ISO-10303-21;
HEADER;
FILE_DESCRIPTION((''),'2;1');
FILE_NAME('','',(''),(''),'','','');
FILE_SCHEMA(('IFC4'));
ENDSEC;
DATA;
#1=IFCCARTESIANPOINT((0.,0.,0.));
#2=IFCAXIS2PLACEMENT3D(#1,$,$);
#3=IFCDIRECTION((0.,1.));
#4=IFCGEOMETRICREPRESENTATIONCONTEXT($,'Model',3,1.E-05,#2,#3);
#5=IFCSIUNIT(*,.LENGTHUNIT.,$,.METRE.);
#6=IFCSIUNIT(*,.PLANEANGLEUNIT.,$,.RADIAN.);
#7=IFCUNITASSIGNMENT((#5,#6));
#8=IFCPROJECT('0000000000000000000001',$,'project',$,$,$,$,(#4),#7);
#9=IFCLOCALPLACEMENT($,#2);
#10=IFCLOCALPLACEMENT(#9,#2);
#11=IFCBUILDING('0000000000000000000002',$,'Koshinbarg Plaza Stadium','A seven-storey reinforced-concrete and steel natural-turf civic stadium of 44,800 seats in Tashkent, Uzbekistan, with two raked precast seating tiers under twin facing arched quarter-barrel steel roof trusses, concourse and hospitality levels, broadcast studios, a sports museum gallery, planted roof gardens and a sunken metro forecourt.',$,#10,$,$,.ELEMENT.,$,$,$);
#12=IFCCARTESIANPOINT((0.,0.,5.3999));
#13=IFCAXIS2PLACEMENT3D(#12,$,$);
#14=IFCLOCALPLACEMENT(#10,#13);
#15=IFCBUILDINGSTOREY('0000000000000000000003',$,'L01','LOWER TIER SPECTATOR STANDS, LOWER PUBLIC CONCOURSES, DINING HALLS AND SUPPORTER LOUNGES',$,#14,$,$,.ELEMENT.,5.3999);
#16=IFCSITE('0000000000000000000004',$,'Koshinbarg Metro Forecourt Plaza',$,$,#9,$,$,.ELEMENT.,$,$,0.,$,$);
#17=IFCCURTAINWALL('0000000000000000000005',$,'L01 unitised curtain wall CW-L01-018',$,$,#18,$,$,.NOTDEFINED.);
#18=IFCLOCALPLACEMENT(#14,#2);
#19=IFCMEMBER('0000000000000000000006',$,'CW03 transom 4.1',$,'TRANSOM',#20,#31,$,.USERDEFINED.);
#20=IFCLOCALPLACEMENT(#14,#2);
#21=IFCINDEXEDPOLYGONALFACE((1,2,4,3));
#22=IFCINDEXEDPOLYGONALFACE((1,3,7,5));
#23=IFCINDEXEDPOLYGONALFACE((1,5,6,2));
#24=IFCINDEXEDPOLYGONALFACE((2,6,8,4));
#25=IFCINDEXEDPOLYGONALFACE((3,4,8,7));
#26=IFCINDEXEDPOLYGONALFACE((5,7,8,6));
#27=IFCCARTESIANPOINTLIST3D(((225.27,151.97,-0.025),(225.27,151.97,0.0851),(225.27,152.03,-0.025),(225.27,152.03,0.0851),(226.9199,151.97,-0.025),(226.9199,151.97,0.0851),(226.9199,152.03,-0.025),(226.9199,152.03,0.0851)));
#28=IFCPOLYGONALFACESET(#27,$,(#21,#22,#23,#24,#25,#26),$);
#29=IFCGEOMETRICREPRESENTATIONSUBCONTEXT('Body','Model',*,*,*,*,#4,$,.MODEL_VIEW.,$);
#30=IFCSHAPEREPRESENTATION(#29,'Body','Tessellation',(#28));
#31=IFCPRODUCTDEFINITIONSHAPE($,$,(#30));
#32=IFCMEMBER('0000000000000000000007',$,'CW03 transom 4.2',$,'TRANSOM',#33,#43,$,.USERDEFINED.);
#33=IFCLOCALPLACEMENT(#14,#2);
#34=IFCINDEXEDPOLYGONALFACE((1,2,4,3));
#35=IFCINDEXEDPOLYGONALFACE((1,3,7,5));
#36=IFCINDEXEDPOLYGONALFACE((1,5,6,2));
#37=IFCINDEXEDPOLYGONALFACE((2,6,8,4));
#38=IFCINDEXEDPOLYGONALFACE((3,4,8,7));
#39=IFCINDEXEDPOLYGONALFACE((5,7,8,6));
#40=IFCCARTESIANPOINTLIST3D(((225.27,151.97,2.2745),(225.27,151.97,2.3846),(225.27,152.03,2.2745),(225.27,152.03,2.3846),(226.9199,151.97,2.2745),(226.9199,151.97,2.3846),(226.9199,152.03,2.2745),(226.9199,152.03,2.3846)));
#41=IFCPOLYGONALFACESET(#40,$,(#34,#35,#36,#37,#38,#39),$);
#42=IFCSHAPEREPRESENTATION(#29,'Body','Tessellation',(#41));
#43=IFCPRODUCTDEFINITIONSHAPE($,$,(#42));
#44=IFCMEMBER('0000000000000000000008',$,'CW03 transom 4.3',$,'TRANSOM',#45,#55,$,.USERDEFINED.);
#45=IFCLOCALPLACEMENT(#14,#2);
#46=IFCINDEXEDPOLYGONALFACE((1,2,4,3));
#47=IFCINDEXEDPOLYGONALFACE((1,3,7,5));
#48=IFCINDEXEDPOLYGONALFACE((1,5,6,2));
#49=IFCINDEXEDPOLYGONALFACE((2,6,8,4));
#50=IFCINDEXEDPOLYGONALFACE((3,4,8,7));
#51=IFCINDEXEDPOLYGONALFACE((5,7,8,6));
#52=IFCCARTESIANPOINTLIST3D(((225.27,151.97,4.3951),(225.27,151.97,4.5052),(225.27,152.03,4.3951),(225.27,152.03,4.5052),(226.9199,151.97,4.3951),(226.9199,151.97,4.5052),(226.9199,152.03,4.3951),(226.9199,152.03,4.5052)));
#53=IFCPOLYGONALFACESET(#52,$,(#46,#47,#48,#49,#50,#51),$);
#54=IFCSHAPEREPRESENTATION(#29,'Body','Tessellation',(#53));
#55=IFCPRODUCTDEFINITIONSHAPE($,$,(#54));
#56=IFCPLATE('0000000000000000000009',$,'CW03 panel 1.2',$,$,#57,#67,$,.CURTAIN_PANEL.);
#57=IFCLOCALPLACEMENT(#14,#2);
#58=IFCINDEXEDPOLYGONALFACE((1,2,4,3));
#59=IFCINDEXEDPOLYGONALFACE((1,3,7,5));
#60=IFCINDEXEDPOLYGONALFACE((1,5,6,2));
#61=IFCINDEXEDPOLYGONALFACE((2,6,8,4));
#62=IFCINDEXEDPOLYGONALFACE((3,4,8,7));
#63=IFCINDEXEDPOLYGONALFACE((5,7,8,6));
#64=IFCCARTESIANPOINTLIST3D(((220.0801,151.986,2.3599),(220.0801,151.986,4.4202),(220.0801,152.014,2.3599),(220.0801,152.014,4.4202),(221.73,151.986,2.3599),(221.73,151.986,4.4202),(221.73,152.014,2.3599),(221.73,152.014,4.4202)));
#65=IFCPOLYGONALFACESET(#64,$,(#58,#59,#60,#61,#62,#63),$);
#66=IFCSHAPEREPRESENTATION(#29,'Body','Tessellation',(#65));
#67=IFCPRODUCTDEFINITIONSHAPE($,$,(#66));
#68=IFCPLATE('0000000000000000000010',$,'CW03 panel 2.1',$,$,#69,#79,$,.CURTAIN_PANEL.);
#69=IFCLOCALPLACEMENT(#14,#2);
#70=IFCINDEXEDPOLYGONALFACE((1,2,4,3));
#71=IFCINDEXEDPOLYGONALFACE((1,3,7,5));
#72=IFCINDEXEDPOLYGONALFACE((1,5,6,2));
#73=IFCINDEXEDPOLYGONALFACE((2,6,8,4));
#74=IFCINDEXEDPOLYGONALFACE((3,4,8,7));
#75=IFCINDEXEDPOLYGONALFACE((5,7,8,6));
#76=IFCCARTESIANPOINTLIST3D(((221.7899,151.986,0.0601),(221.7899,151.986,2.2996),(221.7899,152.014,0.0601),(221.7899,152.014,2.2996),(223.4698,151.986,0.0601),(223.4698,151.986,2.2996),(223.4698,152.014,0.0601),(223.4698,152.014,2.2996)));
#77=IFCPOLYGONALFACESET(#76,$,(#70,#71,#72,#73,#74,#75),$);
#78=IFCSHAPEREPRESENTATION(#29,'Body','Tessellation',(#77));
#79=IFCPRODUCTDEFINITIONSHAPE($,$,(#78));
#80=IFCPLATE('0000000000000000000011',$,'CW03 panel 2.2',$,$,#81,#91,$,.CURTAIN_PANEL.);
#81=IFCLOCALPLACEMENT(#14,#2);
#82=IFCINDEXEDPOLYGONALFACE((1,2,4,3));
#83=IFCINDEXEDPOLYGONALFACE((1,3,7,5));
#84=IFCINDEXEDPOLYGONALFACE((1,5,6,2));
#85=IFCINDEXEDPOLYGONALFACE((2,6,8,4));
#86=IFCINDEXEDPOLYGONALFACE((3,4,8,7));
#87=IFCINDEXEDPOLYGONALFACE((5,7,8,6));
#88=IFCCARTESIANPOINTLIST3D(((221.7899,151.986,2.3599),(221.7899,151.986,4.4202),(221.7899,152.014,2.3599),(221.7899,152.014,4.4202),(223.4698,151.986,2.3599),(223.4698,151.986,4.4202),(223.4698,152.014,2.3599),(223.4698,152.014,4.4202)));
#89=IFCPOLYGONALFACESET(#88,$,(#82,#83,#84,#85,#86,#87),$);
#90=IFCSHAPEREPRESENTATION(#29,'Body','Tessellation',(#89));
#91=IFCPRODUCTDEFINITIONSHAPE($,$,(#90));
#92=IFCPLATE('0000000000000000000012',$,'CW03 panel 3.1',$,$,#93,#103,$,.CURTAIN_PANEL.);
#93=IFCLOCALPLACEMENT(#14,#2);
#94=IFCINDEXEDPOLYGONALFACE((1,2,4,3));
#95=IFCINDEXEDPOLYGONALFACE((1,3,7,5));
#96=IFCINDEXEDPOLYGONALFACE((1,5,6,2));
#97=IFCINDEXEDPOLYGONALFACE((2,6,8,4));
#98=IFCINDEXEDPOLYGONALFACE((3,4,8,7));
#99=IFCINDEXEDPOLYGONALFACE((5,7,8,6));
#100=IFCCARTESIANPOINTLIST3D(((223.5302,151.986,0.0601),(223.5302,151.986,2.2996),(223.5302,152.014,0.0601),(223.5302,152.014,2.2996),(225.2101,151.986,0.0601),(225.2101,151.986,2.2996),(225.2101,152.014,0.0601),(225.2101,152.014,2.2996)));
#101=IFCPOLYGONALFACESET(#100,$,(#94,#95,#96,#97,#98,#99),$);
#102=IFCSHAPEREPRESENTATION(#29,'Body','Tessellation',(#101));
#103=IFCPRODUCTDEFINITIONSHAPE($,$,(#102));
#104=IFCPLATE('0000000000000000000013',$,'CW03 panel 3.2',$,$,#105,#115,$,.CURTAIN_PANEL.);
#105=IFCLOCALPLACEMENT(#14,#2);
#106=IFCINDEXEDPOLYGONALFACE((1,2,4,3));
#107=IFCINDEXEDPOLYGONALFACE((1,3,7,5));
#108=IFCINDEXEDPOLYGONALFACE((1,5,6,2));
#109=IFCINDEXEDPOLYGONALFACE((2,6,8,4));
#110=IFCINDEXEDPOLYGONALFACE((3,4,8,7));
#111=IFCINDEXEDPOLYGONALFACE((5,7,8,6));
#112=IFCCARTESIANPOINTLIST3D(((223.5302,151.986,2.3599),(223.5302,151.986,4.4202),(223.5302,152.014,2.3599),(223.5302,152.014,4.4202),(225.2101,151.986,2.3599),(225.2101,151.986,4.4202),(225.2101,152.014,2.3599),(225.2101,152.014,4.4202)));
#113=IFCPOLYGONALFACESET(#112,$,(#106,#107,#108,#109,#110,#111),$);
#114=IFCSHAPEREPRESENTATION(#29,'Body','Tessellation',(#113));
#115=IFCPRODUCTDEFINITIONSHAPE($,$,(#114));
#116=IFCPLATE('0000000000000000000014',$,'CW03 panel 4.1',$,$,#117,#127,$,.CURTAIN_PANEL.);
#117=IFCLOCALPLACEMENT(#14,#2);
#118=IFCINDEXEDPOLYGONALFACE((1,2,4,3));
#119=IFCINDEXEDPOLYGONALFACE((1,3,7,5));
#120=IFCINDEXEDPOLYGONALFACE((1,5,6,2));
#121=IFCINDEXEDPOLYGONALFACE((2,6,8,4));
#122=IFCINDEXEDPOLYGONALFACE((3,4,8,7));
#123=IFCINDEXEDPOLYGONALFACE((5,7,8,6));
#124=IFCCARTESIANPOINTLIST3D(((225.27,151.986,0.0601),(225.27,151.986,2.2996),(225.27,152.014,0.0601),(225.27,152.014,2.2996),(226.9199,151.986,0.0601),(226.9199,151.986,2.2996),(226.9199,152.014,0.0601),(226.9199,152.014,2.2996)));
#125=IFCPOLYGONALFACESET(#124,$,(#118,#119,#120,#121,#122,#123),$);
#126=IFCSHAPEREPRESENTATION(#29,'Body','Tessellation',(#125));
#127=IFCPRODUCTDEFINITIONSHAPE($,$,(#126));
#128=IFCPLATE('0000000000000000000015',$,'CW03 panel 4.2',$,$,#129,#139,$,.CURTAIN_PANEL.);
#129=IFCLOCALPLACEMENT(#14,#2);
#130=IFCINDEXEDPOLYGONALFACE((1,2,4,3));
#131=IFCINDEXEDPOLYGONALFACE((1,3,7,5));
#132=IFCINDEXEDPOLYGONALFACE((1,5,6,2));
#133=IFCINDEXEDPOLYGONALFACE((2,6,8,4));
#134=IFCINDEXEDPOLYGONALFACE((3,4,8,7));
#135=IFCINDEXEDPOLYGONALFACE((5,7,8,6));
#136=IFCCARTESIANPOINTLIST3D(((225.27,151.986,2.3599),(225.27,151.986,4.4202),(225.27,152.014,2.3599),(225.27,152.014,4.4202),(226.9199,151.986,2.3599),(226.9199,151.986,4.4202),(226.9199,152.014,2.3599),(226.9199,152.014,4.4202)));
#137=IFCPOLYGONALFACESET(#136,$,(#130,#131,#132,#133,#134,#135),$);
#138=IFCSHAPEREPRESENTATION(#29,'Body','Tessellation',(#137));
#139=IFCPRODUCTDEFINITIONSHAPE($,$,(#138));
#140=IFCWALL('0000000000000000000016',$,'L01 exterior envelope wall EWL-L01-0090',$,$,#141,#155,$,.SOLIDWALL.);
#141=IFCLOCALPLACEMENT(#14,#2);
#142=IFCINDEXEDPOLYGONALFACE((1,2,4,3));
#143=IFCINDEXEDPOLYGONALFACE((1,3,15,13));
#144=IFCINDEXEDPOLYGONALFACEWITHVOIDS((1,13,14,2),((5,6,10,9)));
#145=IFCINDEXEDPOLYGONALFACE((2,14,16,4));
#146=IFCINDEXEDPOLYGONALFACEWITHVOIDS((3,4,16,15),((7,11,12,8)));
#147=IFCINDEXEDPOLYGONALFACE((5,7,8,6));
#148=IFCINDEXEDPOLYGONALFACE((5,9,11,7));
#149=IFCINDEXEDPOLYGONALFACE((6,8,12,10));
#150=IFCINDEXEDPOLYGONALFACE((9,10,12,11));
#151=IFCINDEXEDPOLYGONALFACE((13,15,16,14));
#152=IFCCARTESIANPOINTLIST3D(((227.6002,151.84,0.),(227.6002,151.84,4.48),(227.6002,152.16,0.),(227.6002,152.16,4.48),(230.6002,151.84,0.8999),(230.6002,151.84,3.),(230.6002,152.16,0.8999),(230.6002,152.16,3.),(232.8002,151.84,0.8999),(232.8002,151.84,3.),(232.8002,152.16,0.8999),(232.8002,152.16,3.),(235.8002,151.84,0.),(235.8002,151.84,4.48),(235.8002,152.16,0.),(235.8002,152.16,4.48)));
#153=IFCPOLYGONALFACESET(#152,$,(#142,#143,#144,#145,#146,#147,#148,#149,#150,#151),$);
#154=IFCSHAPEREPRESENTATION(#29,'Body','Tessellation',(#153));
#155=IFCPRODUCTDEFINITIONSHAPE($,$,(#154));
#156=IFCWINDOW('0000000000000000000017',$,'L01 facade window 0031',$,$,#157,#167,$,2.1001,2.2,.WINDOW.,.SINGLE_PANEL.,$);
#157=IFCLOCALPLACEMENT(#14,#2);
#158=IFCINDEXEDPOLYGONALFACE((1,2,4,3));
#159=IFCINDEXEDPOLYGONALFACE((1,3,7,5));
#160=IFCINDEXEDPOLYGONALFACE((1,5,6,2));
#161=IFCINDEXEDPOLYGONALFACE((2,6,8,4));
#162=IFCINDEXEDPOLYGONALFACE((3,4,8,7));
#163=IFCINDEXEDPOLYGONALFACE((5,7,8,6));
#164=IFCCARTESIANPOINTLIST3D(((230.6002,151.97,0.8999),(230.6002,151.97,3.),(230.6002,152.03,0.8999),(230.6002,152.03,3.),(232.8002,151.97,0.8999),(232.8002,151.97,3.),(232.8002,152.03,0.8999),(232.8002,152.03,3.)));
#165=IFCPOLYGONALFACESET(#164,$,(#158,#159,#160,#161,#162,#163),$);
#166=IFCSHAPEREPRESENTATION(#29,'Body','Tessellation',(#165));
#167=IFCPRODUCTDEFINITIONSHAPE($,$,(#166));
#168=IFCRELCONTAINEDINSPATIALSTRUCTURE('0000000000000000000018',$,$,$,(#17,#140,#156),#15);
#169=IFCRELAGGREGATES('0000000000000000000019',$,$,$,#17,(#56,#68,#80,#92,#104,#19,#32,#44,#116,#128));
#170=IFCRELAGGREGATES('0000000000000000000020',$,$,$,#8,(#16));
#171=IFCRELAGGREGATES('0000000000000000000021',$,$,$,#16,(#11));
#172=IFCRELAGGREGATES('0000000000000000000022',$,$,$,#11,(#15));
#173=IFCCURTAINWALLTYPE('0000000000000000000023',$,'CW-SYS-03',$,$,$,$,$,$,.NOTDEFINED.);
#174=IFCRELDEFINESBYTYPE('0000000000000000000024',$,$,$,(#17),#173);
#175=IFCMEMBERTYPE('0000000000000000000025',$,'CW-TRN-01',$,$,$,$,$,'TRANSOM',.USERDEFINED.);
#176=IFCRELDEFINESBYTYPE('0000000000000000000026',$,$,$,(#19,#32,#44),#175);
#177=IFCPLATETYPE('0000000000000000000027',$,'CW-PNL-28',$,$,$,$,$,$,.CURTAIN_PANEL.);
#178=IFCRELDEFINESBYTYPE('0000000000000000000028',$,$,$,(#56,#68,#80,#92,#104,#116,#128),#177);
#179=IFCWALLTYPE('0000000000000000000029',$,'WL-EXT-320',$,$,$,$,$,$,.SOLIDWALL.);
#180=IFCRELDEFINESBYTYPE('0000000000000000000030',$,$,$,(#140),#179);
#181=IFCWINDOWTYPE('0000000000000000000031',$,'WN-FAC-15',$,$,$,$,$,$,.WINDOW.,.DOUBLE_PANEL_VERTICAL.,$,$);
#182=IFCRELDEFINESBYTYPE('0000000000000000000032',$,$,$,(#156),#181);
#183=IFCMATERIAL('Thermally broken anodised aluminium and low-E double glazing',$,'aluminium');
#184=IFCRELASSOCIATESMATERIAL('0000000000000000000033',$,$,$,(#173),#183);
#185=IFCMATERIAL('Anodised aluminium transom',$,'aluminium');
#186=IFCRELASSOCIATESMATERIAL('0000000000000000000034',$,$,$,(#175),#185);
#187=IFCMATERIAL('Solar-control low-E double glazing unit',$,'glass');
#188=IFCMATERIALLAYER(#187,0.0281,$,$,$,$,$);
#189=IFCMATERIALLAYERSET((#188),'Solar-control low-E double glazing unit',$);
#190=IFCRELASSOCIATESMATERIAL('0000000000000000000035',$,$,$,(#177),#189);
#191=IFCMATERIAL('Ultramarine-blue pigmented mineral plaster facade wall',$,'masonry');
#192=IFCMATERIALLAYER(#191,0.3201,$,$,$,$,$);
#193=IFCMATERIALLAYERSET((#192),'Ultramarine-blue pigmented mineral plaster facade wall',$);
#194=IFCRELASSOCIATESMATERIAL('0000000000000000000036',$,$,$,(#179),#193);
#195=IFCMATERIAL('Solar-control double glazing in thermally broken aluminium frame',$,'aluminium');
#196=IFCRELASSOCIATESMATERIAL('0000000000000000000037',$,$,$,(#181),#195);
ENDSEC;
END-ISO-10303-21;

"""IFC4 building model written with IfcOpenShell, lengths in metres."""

from ifc_helpers import new_model, si_unit, direction, frame, frame_2d, origin, origin_2d, place, context, subcontext, project, spatial, rectangle, extrude, material, layer, layer_set, material_profile, profile_set, type_object, element, fill, aggregate, save


model = new_model("IFC4")

# Units and contexts
model_context = context("Model", 3, precision=1e-05, world=origin(), true_north=direction((0.0, 1.0)))
body_context = subcontext(model_context, "Body", "Model", "MODEL_VIEW")
ifc_project = project(units=[si_unit("LENGTHUNIT", "METRE"), si_unit("PLANEANGLEUNIT", "RADIAN")], contexts=[model_context])

# Site, building, storey
site_placement = place(None, origin())
site = spatial("IfcSite", under=ifc_project, at=site_placement, Name="Koshinbarg Metro Forecourt Plaza", CompositionType="ELEMENT", RefElevation=0.0)
building_placement = place(site_placement, origin())
building = spatial("IfcBuilding", under=site, at=building_placement, Name="Koshinbarg Plaza Stadium", Description="A seven-storey reinforced-concrete and steel natural-turf civic stadium of 44,800 seats in Tashkent, Uzbekistan, with two raked precast seating tiers under twin facing arched quarter-barrel steel roof trusses, concourse and hospitality levels, broadcast studios, a sports museum gallery, planted roof gardens and a sunken metro forecourt.", CompositionType="ELEMENT")
storey_placement = place(building_placement, frame((0.0, 0.0, 5.3999)))
storey = spatial("IfcBuildingStorey", under=building, at=storey_placement, Name="L01", Description="LOWER TIER SPECTATOR STANDS, LOWER PUBLIC CONCOURSES, DINING HALLS AND SUPPORTER LOUNGES", CompositionType="ELEMENT", Elevation=5.3999)

# Curtain wall, members, plates
ifc_material_1 = material(Name="Thermally broken anodised aluminium and low-E double glazing", Category="aluminium")
curtain_wall_type = type_object("IfcCurtainWallType", Name="CW-SYS-03", PredefinedType="NOTDEFINED", material=ifc_material_1)
curtain_wall_placement = place(storey_placement, origin())
curtain_wall = element("IfcCurtainWall", 1, at=curtain_wall_placement, inside=storey, type_object=curtain_wall_type, Name="L01 unitised curtain wall CW-L01-018", PredefinedType="NOTDEFINED")
ifc_material_2 = material(Name="Anodised aluminium transom", Category="aluminium")
ifc_material_profile_1 = material_profile(ifc_material_2, rectangle(XDim=0.0601, YDim=0.1101, at=origin_2d()), Name="ALU 60x110")
ifc_profile_set_1 = profile_set([ifc_material_profile_1], Name="Anodised aluminium transom")
member_type_1 = type_object("IfcMemberType", Name="CW-TRN-01", ElementType="TRANSOM", PredefinedType="USERDEFINED", material=ifc_profile_set_1)
member_1_placement = place(storey_placement, frame((225.27, 152.0, 0.03), z_axis=(1.0, 0.0, 0.0), x_axis=(0.0, 1.0, 0.0)))
member_1 = element("IfcMember", 2, at=member_1_placement, type_object=member_type_1, Name="CW03 transom 4.1", ObjectType="TRANSOM", PredefinedType="USERDEFINED", context=body_context, shape_type="SweptSolid", body=[
    extrude(rectangle(XDim=0.0601, YDim=0.1101, at=origin_2d()), origin(), (0.0, 0.0, 1.0), 1.6499),
])
member_2_placement = place(storey_placement, frame((225.27, 152.0, 2.3296), z_axis=(1.0, 0.0, 0.0), x_axis=(0.0, 1.0, 0.0)))
member_2 = element("IfcMember", 3, at=member_2_placement, type_object=member_type_1, Name="CW03 transom 4.2", ObjectType="TRANSOM", PredefinedType="USERDEFINED", context=body_context, shape_type="SweptSolid", body=[
    extrude(rectangle(XDim=0.0601, YDim=0.1101, at=origin_2d()), origin(), (0.0, 0.0, 1.0), 1.6499),
])
member_3_placement = place(storey_placement, frame((225.27, 152.0, 4.4502), z_axis=(1.0, 0.0, 0.0), x_axis=(0.0, 1.0, 0.0)))
member_3 = element("IfcMember", 4, at=member_3_placement, type_object=member_type_1, Name="CW03 transom 4.3", ObjectType="TRANSOM", PredefinedType="USERDEFINED", context=body_context, shape_type="SweptSolid", body=[
    extrude(rectangle(XDim=0.0601, YDim=0.1101, at=origin_2d()), origin(), (0.0, 0.0, 1.0), 1.6499),
])
ifc_material_3 = material(Name="Solar-control low-E double glazing unit", Category="glass")
ifc_layer_1 = layer(ifc_material_3, 0.0281)
ifc_layer_set_1 = layer_set([ifc_layer_1], Name="Solar-control low-E double glazing unit")
plate_type = type_object("IfcPlateType", Name="CW-PNL-28", PredefinedType="CURTAIN_PANEL", material=ifc_layer_set_1)
plate_1_placement = place(storey_placement, frame((220.905, 152.0, 2.3599), z_axis=(0.0, 0.0, 1.0), x_axis=(1.0, 0.0, 0.0)))
plate_1 = element("IfcPlate", 5, at=plate_1_placement, type_object=plate_type, Name="CW03 panel 1.2", PredefinedType="CURTAIN_PANEL", context=body_context, shape_type="SweptSolid", body=[
    extrude(rectangle(XDim=1.6499, YDim=0.0281, at=origin_2d()), origin(), (0.0, 0.0, 1.0), 2.0603),
])
plate_2_placement = place(storey_placement, frame((222.6299, 152.0, 0.0601), z_axis=(0.0, 0.0, 1.0), x_axis=(1.0, 0.0, 0.0)))
plate_2 = element("IfcPlate", 6, at=plate_2_placement, type_object=plate_type, Name="CW03 panel 2.1", PredefinedType="CURTAIN_PANEL", context=body_context, shape_type="SweptSolid", body=[
    extrude(rectangle(XDim=1.6799, YDim=0.0281, at=origin_2d()), origin(), (0.0, 0.0, 1.0), 2.2395),
])
plate_3_placement = place(storey_placement, frame((222.6299, 152.0, 2.3599), z_axis=(0.0, 0.0, 1.0), x_axis=(1.0, 0.0, 0.0)))
plate_3 = element("IfcPlate", 7, at=plate_3_placement, type_object=plate_type, Name="CW03 panel 2.2", PredefinedType="CURTAIN_PANEL", context=body_context, shape_type="SweptSolid", body=[
    extrude(rectangle(XDim=1.6799, YDim=0.0281, at=origin_2d()), origin(), (0.0, 0.0, 1.0), 2.0603),
])
plate_4_placement = place(storey_placement, frame((224.3701, 152.0, 0.0601), z_axis=(0.0, 0.0, 1.0), x_axis=(1.0, 0.0, 0.0)))
plate_4 = element("IfcPlate", 8, at=plate_4_placement, type_object=plate_type, Name="CW03 panel 3.1", PredefinedType="CURTAIN_PANEL", context=body_context, shape_type="SweptSolid", body=[
    extrude(rectangle(XDim=1.6799, YDim=0.0281, at=origin_2d()), origin(), (0.0, 0.0, 1.0), 2.2395),
])
plate_5_placement = place(storey_placement, frame((224.3701, 152.0, 2.3599), z_axis=(0.0, 0.0, 1.0), x_axis=(1.0, 0.0, 0.0)))
plate_5 = element("IfcPlate", 9, at=plate_5_placement, type_object=plate_type, Name="CW03 panel 3.2", PredefinedType="CURTAIN_PANEL", context=body_context, shape_type="SweptSolid", body=[
    extrude(rectangle(XDim=1.6799, YDim=0.0281, at=origin_2d()), origin(), (0.0, 0.0, 1.0), 2.0603),
])
plate_6_placement = place(storey_placement, frame((226.095, 152.0, 0.0601), z_axis=(0.0, 0.0, 1.0), x_axis=(1.0, 0.0, 0.0)))
plate_6 = element("IfcPlate", 10, at=plate_6_placement, type_object=plate_type, Name="CW03 panel 4.1", PredefinedType="CURTAIN_PANEL", context=body_context, shape_type="SweptSolid", body=[
    extrude(rectangle(XDim=1.6499, YDim=0.0281, at=origin_2d()), origin(), (0.0, 0.0, 1.0), 2.2395),
])
plate_7_placement = place(storey_placement, frame((226.095, 152.0, 2.3599), z_axis=(0.0, 0.0, 1.0), x_axis=(1.0, 0.0, 0.0)))
plate_7 = element("IfcPlate", 11, at=plate_7_placement, type_object=plate_type, Name="CW03 panel 4.2", PredefinedType="CURTAIN_PANEL", context=body_context, shape_type="SweptSolid", body=[
    extrude(rectangle(XDim=1.6499, YDim=0.0281, at=origin_2d()), origin(), (0.0, 0.0, 1.0), 2.0603),
])
aggregate(curtain_wall, [plate_1, plate_2, plate_3, plate_4, plate_5, member_1, member_2, member_3, plate_6, plate_7])

# Wall, opening, window
ifc_material_4 = material(Name="Ultramarine-blue pigmented mineral plaster facade wall", Category="masonry")
ifc_layer_2 = layer(ifc_material_4, 0.3201)
ifc_layer_set_2 = layer_set([ifc_layer_2], Name="Ultramarine-blue pigmented mineral plaster facade wall")
wall_type = type_object("IfcWallType", Name="WL-EXT-320", PredefinedType="SOLIDWALL", material=ifc_layer_set_2)
wall_placement = place(storey_placement, frame((227.6001, 152.0, 0.0), z_axis=(0.0, 0.0, 1.0), x_axis=(1.0, 0.0, 0.0)))
wall = element("IfcWall", 12, at=wall_placement, inside=storey, type_object=wall_type, Name="L01 exterior envelope wall EWL-L01-0090", PredefinedType="SOLIDWALL", context=body_context, shape_type="SweptSolid", body=[
    extrude(rectangle(XDim=8.2, YDim=0.3201, at=frame_2d((4.1001, 0.0))), origin(), (0.0, 0.0, 1.0), 4.48),
])
opening_placement = place(wall_placement, frame((3.0, 0.0, 0.8999)))
opening = element("IfcOpeningElement", 13, at=opening_placement, cuts=wall, PredefinedType="OPENING", context=body_context, shape_type="SweptSolid", body=[
    extrude(rectangle(XDim=2.2, YDim=2.1001, at=frame_2d((1.1001, 1.05))), frame((0.0, 0.1699, 0.0), z_axis=(0.0, -1.0, 0.0), x_axis=(1.0, 0.0, 0.0)), (0.0, 0.0, 1.0), 0.3401),
])
ifc_material_5 = material(Name="Solar-control double glazing in thermally broken aluminium frame", Category="aluminium")
window_type = type_object("IfcWindowType", Name="WN-FAC-15", PartitioningType="DOUBLE_PANEL_VERTICAL", PredefinedType="WINDOW", material=ifc_material_5)
window_placement = place(opening_placement, origin())
window = element("IfcWindow", 14, at=window_placement, inside=storey, type_object=window_type, Name="L01 facade window 0031", OverallHeight=2.1001, OverallWidth=2.2, PartitioningType="SINGLE_PANEL", PredefinedType="WINDOW", context=body_context, shape_type="SweptSolid", body=[
    extrude(rectangle(XDim=2.2, YDim=2.1001, at=frame_2d((1.1001, 1.05))), frame((0.0, 0.03, 0.0), z_axis=(0.0, -1.0, 0.0), x_axis=(1.0, 0.0, 0.0)), (0.0, 0.0, 1.0), 0.0601),
])
fill(opening, window)

save(model, "model.ifc")
